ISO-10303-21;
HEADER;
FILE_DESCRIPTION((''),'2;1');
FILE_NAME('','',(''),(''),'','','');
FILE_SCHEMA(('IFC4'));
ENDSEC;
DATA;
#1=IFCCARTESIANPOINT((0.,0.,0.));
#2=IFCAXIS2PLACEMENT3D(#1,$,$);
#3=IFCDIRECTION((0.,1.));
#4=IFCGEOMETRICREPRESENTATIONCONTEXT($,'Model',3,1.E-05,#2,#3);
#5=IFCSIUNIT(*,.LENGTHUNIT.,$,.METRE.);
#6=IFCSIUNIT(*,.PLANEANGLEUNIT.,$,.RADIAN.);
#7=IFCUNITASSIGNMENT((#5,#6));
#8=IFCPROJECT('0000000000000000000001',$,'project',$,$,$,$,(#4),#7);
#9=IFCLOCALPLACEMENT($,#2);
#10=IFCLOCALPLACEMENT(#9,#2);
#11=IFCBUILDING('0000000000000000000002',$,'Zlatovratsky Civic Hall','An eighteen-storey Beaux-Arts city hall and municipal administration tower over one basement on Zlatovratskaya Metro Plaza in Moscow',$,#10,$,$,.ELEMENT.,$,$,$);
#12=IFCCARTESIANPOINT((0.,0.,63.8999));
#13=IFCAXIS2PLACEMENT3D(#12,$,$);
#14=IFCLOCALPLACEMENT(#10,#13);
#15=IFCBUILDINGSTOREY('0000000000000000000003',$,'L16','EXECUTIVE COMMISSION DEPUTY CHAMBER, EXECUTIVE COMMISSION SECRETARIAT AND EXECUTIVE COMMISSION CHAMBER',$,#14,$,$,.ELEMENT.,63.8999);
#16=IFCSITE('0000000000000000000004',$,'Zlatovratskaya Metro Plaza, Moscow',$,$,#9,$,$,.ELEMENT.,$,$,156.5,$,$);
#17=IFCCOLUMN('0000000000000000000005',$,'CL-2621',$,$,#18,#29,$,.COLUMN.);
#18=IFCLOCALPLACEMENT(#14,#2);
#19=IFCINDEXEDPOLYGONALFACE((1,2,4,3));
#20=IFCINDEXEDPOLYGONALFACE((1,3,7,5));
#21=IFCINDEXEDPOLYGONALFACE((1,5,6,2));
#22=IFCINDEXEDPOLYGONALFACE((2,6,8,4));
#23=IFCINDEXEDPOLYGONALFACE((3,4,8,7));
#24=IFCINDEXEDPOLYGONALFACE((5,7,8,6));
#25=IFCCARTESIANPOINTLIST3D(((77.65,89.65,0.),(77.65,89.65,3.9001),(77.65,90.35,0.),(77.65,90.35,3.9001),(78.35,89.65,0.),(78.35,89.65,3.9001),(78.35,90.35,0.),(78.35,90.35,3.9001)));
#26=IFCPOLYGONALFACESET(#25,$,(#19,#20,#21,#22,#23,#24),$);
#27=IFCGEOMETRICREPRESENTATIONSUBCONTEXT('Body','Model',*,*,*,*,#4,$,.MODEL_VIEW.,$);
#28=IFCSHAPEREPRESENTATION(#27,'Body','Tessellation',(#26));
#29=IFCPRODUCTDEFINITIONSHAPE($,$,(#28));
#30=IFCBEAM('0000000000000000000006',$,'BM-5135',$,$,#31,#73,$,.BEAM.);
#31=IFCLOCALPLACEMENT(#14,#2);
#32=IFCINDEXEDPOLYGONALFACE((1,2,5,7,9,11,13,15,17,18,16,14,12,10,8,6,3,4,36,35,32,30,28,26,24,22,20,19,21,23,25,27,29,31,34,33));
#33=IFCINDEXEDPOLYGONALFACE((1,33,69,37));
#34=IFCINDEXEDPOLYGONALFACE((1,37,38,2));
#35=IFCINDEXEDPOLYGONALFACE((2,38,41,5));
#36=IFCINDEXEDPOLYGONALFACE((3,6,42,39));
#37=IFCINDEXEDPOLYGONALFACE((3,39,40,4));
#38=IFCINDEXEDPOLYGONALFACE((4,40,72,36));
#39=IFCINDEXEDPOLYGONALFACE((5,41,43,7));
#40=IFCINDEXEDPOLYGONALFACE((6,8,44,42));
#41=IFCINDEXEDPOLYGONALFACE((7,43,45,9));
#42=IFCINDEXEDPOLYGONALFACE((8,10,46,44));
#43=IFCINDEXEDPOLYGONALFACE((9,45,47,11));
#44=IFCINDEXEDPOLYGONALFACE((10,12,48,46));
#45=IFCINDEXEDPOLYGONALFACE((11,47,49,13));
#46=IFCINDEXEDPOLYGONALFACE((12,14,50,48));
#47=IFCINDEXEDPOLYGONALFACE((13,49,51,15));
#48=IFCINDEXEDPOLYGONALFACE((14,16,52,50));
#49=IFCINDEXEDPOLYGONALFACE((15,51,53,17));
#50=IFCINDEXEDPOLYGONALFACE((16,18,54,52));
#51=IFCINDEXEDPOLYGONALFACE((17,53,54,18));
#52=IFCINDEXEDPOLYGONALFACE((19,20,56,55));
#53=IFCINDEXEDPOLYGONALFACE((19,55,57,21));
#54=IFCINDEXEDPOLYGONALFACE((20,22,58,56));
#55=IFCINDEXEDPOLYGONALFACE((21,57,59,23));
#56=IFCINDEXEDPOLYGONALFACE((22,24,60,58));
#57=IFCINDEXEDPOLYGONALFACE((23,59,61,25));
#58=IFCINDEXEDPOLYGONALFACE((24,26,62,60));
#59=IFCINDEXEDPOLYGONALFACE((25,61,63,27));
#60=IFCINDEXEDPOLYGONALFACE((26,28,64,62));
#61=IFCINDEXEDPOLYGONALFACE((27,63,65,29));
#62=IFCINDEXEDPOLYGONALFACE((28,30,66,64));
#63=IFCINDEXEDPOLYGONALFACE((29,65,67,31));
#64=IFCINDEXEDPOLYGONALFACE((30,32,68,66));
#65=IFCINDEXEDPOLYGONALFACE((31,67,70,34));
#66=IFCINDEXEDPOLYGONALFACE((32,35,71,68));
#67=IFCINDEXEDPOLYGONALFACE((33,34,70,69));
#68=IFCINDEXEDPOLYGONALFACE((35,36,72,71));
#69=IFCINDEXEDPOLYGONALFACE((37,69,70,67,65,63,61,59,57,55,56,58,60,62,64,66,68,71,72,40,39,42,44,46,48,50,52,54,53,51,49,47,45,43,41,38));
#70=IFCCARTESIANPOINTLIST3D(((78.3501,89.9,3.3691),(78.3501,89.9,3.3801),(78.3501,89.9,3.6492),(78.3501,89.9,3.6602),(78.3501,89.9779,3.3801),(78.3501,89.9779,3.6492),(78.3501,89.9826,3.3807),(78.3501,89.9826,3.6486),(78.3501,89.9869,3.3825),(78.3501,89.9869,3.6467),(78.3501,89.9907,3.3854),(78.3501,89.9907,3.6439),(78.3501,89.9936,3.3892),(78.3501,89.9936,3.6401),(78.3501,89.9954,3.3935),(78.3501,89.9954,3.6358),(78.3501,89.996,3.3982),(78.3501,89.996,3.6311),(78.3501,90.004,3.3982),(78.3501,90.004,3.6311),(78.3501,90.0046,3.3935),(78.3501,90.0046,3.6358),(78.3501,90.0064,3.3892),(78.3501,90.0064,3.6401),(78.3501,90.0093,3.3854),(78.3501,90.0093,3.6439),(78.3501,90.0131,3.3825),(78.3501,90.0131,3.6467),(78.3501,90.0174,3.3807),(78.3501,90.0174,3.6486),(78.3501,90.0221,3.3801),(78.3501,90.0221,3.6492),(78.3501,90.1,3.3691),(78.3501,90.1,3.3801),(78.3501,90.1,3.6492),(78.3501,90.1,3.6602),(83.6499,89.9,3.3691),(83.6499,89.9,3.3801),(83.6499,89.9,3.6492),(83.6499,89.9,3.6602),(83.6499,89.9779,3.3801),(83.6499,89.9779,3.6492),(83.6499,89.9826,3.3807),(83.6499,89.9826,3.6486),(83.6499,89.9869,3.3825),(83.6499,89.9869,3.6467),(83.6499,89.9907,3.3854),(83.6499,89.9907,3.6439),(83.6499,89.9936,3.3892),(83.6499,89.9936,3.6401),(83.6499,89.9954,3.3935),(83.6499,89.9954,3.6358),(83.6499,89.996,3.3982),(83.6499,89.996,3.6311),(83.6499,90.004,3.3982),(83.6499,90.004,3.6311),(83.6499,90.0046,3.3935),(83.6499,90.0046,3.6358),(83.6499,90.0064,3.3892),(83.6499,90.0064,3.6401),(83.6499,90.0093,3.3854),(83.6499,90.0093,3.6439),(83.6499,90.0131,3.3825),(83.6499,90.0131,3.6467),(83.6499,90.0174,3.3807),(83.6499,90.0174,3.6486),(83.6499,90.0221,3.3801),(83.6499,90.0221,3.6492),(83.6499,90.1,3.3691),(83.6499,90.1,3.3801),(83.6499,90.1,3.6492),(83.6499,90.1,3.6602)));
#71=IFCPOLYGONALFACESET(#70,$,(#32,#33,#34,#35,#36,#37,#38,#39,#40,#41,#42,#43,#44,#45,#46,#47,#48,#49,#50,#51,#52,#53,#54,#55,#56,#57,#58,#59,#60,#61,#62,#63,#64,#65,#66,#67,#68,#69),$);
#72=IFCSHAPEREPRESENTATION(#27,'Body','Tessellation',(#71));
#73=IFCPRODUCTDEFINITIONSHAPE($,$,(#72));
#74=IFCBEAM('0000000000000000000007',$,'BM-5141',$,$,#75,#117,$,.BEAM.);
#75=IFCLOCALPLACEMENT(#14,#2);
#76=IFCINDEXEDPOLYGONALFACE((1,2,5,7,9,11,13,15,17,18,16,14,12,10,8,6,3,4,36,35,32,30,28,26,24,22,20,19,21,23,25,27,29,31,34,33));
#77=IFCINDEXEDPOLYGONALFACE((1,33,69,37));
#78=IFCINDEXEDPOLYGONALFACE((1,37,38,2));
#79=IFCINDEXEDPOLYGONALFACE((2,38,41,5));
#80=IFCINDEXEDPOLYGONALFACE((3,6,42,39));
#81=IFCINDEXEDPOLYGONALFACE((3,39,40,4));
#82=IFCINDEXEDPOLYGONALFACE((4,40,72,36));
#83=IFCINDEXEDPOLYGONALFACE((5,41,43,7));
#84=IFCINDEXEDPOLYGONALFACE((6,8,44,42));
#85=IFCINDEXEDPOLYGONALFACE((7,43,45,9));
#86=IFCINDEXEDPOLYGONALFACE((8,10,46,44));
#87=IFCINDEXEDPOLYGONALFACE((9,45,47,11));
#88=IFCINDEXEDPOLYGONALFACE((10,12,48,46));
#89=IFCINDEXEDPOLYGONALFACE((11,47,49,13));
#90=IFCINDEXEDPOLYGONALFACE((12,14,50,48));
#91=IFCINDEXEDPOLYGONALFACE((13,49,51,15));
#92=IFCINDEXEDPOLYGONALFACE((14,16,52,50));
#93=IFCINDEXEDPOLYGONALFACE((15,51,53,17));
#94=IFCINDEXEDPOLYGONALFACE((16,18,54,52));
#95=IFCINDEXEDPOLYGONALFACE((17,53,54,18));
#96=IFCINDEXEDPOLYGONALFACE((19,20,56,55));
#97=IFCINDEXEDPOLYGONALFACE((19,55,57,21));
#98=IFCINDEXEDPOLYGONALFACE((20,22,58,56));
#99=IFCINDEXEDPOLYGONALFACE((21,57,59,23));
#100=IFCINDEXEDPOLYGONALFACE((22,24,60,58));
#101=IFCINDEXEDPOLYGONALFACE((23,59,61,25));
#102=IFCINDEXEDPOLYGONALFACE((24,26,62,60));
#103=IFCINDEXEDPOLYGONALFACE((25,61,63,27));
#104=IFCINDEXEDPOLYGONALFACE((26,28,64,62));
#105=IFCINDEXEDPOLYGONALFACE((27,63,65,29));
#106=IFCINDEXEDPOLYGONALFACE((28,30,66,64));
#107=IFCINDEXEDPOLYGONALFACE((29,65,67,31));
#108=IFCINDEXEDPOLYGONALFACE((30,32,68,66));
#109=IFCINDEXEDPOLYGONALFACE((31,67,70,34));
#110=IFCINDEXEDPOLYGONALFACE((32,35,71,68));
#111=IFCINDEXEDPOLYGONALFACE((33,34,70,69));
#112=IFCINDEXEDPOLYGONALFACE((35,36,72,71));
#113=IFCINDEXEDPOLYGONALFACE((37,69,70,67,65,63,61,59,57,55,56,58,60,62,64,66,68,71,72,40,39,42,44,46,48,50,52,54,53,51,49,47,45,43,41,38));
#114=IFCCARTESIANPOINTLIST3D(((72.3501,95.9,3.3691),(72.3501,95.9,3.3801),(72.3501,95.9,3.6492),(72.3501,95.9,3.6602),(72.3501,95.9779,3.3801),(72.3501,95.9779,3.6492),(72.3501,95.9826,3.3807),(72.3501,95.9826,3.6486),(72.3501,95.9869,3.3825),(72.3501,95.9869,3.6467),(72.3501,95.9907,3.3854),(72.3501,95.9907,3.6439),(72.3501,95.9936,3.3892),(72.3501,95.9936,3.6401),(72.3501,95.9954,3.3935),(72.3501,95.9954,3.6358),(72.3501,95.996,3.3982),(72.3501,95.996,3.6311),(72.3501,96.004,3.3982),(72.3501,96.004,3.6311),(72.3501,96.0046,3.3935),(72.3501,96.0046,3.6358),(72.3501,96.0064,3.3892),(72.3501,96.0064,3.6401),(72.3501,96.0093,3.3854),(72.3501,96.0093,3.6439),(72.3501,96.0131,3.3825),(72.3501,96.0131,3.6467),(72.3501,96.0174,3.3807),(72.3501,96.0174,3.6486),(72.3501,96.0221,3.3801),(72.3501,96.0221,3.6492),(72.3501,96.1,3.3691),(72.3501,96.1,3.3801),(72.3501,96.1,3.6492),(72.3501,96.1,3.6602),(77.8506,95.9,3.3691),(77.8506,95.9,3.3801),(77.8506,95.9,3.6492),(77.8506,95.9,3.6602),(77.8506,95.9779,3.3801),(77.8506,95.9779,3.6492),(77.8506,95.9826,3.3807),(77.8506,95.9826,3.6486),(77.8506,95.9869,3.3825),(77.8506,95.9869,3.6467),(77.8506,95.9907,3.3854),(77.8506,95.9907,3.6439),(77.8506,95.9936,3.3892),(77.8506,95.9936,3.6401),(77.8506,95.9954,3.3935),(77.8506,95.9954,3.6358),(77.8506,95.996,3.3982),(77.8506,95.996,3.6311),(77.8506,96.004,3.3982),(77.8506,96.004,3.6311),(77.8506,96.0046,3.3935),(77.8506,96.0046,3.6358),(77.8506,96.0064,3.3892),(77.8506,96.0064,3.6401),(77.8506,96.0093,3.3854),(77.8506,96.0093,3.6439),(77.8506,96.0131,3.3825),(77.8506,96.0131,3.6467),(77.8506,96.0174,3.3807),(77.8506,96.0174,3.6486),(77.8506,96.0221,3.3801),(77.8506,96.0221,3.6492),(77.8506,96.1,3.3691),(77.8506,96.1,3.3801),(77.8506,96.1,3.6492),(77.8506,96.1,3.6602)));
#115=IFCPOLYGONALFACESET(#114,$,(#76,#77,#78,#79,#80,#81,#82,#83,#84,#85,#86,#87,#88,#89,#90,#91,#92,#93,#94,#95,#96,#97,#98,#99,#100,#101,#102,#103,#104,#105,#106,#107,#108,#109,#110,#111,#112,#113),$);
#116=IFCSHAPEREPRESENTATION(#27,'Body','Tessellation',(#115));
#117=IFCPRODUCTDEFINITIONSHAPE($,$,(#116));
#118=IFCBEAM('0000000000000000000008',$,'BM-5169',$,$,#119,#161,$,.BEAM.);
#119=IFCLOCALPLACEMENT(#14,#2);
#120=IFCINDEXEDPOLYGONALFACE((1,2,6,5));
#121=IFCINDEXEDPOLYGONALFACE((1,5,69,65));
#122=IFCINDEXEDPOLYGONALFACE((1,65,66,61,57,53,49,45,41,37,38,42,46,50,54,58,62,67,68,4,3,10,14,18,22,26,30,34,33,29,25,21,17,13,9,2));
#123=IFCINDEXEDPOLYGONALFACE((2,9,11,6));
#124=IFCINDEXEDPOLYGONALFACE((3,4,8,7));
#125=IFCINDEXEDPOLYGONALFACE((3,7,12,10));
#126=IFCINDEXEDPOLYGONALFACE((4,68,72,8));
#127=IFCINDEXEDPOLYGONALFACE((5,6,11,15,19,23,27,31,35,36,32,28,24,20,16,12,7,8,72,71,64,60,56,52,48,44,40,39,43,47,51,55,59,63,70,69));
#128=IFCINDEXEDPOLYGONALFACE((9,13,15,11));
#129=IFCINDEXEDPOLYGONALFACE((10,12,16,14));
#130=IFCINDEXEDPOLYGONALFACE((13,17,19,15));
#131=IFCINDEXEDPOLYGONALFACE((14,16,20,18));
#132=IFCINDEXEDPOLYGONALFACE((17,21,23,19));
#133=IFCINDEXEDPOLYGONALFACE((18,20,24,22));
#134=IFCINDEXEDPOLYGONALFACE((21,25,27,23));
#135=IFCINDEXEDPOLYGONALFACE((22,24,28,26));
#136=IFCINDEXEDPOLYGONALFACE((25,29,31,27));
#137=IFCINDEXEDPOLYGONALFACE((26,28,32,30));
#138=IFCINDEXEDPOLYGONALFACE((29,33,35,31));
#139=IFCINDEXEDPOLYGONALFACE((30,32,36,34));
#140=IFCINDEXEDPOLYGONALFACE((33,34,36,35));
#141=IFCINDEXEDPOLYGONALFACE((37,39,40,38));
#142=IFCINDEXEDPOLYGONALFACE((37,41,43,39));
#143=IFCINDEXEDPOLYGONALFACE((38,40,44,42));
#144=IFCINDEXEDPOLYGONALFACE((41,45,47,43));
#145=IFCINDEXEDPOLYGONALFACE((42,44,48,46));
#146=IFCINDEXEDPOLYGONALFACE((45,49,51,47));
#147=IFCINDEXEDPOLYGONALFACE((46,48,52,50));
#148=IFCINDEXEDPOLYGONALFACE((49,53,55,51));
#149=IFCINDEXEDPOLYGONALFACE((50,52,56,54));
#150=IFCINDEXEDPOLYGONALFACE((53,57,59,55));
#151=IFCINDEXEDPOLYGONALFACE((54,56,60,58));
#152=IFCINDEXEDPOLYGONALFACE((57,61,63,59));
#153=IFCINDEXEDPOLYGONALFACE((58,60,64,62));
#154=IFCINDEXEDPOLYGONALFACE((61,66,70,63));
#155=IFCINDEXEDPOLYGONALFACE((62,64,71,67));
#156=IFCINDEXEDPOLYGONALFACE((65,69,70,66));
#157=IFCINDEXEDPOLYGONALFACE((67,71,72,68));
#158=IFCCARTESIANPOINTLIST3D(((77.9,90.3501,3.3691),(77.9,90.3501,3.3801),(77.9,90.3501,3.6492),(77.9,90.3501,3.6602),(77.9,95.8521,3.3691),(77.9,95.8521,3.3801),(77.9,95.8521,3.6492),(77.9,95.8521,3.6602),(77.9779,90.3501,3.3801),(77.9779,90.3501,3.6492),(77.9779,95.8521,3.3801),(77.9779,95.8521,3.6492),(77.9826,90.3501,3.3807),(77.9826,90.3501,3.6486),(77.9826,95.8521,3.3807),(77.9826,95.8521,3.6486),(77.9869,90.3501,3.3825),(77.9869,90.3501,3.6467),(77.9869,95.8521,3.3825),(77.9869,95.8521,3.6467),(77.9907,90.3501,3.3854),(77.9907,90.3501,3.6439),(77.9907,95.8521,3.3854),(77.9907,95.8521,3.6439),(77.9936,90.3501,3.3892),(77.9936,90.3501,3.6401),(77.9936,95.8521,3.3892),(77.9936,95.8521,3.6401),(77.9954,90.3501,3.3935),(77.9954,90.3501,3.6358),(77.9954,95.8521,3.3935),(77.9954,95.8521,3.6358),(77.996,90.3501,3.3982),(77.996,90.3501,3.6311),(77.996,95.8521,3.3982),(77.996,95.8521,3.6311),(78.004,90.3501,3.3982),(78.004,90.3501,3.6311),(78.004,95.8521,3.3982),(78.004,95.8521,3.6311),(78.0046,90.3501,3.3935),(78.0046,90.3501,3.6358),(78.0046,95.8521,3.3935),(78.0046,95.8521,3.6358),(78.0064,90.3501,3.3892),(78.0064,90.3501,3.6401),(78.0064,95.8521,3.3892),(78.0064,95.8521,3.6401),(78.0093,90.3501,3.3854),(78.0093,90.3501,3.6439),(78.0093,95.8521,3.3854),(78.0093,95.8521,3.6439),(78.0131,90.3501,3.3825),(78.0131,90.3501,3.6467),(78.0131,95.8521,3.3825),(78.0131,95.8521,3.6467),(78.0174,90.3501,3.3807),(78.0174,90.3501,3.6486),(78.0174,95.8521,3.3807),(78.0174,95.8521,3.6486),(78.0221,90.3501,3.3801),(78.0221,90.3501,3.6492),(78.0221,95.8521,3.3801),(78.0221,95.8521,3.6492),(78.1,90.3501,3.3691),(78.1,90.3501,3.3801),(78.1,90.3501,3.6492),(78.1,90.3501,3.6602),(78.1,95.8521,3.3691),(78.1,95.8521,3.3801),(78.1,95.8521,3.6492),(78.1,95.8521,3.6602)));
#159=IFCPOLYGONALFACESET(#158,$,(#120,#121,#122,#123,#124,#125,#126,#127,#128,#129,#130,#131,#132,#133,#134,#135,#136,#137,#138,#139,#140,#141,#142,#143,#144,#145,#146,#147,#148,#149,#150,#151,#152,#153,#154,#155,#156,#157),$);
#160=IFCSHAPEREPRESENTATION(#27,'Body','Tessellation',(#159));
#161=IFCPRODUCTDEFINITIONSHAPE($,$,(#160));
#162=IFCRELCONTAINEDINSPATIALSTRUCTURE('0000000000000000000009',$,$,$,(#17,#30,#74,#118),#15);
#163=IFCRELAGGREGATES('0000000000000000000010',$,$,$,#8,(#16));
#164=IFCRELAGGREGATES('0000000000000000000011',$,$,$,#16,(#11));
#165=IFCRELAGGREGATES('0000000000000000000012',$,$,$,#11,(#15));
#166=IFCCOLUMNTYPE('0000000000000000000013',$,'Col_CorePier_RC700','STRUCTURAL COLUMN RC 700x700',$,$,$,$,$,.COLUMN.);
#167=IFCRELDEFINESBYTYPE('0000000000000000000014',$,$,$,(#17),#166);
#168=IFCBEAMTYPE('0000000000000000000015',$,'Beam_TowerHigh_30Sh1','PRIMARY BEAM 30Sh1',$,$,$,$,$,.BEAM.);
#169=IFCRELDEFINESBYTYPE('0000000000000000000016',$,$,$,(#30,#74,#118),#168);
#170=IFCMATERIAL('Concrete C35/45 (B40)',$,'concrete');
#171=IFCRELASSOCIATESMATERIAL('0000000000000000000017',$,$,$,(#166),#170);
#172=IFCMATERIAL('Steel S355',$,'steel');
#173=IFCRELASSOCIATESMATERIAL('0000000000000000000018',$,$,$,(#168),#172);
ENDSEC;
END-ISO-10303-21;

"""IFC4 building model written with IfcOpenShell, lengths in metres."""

from ifc_helpers import new_model, si_unit, direction, frame, origin, origin_2d, place, context, subcontext, project, spatial, rectangle, i_section, extrude, material, material_profile, profile_set, type_object, element, save


model = new_model("IFC4")

# Units and contexts
model_context = context("Model", 3, precision=1e-05, world=origin(), true_north=direction((0.0, 1.0)))
body_context = subcontext(model_context, "Body", "Model", "MODEL_VIEW")
ifc_project = project(units=[si_unit("LENGTHUNIT", "METRE"), si_unit("PLANEANGLEUNIT", "RADIAN")], contexts=[model_context])

# Site, building, storey
site_placement = place(None, origin())
site = spatial("IfcSite", under=ifc_project, at=site_placement, Name="Zlatovratskaya Metro Plaza, Moscow", CompositionType="ELEMENT", RefElevation=156.5)
building_placement = place(site_placement, origin())
building = spatial("IfcBuilding", under=site, at=building_placement, Name="Zlatovratsky Civic Hall", Description="An eighteen-storey Beaux-Arts city hall and municipal administration tower over one basement on Zlatovratskaya Metro Plaza in Moscow", CompositionType="ELEMENT")
storey_placement = place(building_placement, frame((0.0, 0.0, 63.8999)))
storey = spatial("IfcBuildingStorey", under=building, at=storey_placement, Name="L16", Description="EXECUTIVE COMMISSION DEPUTY CHAMBER, EXECUTIVE COMMISSION SECRETARIAT AND EXECUTIVE COMMISSION CHAMBER", CompositionType="ELEMENT", Elevation=63.8999)

# Column
ifc_material_1 = material(Name="Concrete C35/45 (B40)", Category="concrete")
ifc_material_profile_1 = material_profile(ifc_material_1, rectangle(XDim=0.7, YDim=0.7, at=origin_2d()), Name="RC 700x700")
ifc_profile_set_1 = profile_set([ifc_material_profile_1], Name="Concrete C35/45 (B40)")
column_type = type_object("IfcColumnType", Name="Col_CorePier_RC700", Description="STRUCTURAL COLUMN RC 700x700", PredefinedType="COLUMN", material=ifc_profile_set_1)
column_placement = place(storey_placement, frame((78.0, 90.0, 0.0), z_axis=(0.0, 0.0, 1.0), x_axis=(1.0, 0.0, 0.0)))
element("IfcColumn", 1, at=column_placement, inside=storey, type_object=column_type, Name="CL-2621", PredefinedType="COLUMN", context=body_context, shape_type="SweptSolid", body=[
    extrude(rectangle(XDim=0.7, YDim=0.7, at=origin_2d()), origin(), (0.0, 0.0, 1.0), 3.9001),
])

# Beams
ifc_material_2 = material(Name="Steel S355", Category="steel")
ifc_material_profile_2 = material_profile(ifc_material_2, i_section(OverallWidth=0.2, OverallDepth=0.291, WebThickness=0.0081, FlangeThickness=0.011, FilletRadius=0.0181, at=origin_2d()), Name="30Sh1")
ifc_profile_set_2 = profile_set([ifc_material_profile_2], Name="Steel S355")
beam_type_1 = type_object("IfcBeamType", Name="Beam_TowerHigh_30Sh1", Description="PRIMARY BEAM 30Sh1", PredefinedType="BEAM", material=ifc_profile_set_2)
beam_1_placement = place(storey_placement, frame((78.3501, 90.0, 3.5146), z_axis=(1.0, 0.0, 0.0), x_axis=(0.0, 1.0, 0.0)))
element("IfcBeam", 2, at=beam_1_placement, inside=storey, type_object=beam_type_1, Name="BM-5135", PredefinedType="BEAM", context=body_context, shape_type="SweptSolid", body=[
    extrude(i_section(OverallWidth=0.2, OverallDepth=0.291, WebThickness=0.0081, FlangeThickness=0.011, FilletRadius=0.0181, at=origin_2d()), origin(), (0.0, 0.0, 1.0), 5.2998),
])
beam_2_placement = place(storey_placement, frame((72.3501, 96.0, 3.5146), z_axis=(1.0, 0.0, 0.0), x_axis=(0.0, 1.0, 0.0)))
element("IfcBeam", 3, at=beam_2_placement, inside=storey, type_object=beam_type_1, Name="BM-5141", PredefinedType="BEAM", context=body_context, shape_type="SweptSolid", body=[
    extrude(i_section(OverallWidth=0.2, OverallDepth=0.291, WebThickness=0.0081, FlangeThickness=0.011, FilletRadius=0.0181, at=origin_2d()), origin(), (0.0, 0.0, 1.0), 5.5005),
])
beam_3_placement = place(storey_placement, frame((78.0, 90.3501, 3.5146), z_axis=(0.0, 1.0, 0.0), x_axis=(-1.0, 0.0, 0.0)))
element("IfcBeam", 4, at=beam_3_placement, inside=storey, type_object=beam_type_1, Name="BM-5169", PredefinedType="BEAM", context=body_context, shape_type="SweptSolid", body=[
    extrude(i_section(OverallWidth=0.2, OverallDepth=0.291, WebThickness=0.0081, FlangeThickness=0.011, FilletRadius=0.0181, at=origin_2d()), origin(), (0.0, 0.0, 1.0), 5.502),
])

save(model, "model.ifc")
